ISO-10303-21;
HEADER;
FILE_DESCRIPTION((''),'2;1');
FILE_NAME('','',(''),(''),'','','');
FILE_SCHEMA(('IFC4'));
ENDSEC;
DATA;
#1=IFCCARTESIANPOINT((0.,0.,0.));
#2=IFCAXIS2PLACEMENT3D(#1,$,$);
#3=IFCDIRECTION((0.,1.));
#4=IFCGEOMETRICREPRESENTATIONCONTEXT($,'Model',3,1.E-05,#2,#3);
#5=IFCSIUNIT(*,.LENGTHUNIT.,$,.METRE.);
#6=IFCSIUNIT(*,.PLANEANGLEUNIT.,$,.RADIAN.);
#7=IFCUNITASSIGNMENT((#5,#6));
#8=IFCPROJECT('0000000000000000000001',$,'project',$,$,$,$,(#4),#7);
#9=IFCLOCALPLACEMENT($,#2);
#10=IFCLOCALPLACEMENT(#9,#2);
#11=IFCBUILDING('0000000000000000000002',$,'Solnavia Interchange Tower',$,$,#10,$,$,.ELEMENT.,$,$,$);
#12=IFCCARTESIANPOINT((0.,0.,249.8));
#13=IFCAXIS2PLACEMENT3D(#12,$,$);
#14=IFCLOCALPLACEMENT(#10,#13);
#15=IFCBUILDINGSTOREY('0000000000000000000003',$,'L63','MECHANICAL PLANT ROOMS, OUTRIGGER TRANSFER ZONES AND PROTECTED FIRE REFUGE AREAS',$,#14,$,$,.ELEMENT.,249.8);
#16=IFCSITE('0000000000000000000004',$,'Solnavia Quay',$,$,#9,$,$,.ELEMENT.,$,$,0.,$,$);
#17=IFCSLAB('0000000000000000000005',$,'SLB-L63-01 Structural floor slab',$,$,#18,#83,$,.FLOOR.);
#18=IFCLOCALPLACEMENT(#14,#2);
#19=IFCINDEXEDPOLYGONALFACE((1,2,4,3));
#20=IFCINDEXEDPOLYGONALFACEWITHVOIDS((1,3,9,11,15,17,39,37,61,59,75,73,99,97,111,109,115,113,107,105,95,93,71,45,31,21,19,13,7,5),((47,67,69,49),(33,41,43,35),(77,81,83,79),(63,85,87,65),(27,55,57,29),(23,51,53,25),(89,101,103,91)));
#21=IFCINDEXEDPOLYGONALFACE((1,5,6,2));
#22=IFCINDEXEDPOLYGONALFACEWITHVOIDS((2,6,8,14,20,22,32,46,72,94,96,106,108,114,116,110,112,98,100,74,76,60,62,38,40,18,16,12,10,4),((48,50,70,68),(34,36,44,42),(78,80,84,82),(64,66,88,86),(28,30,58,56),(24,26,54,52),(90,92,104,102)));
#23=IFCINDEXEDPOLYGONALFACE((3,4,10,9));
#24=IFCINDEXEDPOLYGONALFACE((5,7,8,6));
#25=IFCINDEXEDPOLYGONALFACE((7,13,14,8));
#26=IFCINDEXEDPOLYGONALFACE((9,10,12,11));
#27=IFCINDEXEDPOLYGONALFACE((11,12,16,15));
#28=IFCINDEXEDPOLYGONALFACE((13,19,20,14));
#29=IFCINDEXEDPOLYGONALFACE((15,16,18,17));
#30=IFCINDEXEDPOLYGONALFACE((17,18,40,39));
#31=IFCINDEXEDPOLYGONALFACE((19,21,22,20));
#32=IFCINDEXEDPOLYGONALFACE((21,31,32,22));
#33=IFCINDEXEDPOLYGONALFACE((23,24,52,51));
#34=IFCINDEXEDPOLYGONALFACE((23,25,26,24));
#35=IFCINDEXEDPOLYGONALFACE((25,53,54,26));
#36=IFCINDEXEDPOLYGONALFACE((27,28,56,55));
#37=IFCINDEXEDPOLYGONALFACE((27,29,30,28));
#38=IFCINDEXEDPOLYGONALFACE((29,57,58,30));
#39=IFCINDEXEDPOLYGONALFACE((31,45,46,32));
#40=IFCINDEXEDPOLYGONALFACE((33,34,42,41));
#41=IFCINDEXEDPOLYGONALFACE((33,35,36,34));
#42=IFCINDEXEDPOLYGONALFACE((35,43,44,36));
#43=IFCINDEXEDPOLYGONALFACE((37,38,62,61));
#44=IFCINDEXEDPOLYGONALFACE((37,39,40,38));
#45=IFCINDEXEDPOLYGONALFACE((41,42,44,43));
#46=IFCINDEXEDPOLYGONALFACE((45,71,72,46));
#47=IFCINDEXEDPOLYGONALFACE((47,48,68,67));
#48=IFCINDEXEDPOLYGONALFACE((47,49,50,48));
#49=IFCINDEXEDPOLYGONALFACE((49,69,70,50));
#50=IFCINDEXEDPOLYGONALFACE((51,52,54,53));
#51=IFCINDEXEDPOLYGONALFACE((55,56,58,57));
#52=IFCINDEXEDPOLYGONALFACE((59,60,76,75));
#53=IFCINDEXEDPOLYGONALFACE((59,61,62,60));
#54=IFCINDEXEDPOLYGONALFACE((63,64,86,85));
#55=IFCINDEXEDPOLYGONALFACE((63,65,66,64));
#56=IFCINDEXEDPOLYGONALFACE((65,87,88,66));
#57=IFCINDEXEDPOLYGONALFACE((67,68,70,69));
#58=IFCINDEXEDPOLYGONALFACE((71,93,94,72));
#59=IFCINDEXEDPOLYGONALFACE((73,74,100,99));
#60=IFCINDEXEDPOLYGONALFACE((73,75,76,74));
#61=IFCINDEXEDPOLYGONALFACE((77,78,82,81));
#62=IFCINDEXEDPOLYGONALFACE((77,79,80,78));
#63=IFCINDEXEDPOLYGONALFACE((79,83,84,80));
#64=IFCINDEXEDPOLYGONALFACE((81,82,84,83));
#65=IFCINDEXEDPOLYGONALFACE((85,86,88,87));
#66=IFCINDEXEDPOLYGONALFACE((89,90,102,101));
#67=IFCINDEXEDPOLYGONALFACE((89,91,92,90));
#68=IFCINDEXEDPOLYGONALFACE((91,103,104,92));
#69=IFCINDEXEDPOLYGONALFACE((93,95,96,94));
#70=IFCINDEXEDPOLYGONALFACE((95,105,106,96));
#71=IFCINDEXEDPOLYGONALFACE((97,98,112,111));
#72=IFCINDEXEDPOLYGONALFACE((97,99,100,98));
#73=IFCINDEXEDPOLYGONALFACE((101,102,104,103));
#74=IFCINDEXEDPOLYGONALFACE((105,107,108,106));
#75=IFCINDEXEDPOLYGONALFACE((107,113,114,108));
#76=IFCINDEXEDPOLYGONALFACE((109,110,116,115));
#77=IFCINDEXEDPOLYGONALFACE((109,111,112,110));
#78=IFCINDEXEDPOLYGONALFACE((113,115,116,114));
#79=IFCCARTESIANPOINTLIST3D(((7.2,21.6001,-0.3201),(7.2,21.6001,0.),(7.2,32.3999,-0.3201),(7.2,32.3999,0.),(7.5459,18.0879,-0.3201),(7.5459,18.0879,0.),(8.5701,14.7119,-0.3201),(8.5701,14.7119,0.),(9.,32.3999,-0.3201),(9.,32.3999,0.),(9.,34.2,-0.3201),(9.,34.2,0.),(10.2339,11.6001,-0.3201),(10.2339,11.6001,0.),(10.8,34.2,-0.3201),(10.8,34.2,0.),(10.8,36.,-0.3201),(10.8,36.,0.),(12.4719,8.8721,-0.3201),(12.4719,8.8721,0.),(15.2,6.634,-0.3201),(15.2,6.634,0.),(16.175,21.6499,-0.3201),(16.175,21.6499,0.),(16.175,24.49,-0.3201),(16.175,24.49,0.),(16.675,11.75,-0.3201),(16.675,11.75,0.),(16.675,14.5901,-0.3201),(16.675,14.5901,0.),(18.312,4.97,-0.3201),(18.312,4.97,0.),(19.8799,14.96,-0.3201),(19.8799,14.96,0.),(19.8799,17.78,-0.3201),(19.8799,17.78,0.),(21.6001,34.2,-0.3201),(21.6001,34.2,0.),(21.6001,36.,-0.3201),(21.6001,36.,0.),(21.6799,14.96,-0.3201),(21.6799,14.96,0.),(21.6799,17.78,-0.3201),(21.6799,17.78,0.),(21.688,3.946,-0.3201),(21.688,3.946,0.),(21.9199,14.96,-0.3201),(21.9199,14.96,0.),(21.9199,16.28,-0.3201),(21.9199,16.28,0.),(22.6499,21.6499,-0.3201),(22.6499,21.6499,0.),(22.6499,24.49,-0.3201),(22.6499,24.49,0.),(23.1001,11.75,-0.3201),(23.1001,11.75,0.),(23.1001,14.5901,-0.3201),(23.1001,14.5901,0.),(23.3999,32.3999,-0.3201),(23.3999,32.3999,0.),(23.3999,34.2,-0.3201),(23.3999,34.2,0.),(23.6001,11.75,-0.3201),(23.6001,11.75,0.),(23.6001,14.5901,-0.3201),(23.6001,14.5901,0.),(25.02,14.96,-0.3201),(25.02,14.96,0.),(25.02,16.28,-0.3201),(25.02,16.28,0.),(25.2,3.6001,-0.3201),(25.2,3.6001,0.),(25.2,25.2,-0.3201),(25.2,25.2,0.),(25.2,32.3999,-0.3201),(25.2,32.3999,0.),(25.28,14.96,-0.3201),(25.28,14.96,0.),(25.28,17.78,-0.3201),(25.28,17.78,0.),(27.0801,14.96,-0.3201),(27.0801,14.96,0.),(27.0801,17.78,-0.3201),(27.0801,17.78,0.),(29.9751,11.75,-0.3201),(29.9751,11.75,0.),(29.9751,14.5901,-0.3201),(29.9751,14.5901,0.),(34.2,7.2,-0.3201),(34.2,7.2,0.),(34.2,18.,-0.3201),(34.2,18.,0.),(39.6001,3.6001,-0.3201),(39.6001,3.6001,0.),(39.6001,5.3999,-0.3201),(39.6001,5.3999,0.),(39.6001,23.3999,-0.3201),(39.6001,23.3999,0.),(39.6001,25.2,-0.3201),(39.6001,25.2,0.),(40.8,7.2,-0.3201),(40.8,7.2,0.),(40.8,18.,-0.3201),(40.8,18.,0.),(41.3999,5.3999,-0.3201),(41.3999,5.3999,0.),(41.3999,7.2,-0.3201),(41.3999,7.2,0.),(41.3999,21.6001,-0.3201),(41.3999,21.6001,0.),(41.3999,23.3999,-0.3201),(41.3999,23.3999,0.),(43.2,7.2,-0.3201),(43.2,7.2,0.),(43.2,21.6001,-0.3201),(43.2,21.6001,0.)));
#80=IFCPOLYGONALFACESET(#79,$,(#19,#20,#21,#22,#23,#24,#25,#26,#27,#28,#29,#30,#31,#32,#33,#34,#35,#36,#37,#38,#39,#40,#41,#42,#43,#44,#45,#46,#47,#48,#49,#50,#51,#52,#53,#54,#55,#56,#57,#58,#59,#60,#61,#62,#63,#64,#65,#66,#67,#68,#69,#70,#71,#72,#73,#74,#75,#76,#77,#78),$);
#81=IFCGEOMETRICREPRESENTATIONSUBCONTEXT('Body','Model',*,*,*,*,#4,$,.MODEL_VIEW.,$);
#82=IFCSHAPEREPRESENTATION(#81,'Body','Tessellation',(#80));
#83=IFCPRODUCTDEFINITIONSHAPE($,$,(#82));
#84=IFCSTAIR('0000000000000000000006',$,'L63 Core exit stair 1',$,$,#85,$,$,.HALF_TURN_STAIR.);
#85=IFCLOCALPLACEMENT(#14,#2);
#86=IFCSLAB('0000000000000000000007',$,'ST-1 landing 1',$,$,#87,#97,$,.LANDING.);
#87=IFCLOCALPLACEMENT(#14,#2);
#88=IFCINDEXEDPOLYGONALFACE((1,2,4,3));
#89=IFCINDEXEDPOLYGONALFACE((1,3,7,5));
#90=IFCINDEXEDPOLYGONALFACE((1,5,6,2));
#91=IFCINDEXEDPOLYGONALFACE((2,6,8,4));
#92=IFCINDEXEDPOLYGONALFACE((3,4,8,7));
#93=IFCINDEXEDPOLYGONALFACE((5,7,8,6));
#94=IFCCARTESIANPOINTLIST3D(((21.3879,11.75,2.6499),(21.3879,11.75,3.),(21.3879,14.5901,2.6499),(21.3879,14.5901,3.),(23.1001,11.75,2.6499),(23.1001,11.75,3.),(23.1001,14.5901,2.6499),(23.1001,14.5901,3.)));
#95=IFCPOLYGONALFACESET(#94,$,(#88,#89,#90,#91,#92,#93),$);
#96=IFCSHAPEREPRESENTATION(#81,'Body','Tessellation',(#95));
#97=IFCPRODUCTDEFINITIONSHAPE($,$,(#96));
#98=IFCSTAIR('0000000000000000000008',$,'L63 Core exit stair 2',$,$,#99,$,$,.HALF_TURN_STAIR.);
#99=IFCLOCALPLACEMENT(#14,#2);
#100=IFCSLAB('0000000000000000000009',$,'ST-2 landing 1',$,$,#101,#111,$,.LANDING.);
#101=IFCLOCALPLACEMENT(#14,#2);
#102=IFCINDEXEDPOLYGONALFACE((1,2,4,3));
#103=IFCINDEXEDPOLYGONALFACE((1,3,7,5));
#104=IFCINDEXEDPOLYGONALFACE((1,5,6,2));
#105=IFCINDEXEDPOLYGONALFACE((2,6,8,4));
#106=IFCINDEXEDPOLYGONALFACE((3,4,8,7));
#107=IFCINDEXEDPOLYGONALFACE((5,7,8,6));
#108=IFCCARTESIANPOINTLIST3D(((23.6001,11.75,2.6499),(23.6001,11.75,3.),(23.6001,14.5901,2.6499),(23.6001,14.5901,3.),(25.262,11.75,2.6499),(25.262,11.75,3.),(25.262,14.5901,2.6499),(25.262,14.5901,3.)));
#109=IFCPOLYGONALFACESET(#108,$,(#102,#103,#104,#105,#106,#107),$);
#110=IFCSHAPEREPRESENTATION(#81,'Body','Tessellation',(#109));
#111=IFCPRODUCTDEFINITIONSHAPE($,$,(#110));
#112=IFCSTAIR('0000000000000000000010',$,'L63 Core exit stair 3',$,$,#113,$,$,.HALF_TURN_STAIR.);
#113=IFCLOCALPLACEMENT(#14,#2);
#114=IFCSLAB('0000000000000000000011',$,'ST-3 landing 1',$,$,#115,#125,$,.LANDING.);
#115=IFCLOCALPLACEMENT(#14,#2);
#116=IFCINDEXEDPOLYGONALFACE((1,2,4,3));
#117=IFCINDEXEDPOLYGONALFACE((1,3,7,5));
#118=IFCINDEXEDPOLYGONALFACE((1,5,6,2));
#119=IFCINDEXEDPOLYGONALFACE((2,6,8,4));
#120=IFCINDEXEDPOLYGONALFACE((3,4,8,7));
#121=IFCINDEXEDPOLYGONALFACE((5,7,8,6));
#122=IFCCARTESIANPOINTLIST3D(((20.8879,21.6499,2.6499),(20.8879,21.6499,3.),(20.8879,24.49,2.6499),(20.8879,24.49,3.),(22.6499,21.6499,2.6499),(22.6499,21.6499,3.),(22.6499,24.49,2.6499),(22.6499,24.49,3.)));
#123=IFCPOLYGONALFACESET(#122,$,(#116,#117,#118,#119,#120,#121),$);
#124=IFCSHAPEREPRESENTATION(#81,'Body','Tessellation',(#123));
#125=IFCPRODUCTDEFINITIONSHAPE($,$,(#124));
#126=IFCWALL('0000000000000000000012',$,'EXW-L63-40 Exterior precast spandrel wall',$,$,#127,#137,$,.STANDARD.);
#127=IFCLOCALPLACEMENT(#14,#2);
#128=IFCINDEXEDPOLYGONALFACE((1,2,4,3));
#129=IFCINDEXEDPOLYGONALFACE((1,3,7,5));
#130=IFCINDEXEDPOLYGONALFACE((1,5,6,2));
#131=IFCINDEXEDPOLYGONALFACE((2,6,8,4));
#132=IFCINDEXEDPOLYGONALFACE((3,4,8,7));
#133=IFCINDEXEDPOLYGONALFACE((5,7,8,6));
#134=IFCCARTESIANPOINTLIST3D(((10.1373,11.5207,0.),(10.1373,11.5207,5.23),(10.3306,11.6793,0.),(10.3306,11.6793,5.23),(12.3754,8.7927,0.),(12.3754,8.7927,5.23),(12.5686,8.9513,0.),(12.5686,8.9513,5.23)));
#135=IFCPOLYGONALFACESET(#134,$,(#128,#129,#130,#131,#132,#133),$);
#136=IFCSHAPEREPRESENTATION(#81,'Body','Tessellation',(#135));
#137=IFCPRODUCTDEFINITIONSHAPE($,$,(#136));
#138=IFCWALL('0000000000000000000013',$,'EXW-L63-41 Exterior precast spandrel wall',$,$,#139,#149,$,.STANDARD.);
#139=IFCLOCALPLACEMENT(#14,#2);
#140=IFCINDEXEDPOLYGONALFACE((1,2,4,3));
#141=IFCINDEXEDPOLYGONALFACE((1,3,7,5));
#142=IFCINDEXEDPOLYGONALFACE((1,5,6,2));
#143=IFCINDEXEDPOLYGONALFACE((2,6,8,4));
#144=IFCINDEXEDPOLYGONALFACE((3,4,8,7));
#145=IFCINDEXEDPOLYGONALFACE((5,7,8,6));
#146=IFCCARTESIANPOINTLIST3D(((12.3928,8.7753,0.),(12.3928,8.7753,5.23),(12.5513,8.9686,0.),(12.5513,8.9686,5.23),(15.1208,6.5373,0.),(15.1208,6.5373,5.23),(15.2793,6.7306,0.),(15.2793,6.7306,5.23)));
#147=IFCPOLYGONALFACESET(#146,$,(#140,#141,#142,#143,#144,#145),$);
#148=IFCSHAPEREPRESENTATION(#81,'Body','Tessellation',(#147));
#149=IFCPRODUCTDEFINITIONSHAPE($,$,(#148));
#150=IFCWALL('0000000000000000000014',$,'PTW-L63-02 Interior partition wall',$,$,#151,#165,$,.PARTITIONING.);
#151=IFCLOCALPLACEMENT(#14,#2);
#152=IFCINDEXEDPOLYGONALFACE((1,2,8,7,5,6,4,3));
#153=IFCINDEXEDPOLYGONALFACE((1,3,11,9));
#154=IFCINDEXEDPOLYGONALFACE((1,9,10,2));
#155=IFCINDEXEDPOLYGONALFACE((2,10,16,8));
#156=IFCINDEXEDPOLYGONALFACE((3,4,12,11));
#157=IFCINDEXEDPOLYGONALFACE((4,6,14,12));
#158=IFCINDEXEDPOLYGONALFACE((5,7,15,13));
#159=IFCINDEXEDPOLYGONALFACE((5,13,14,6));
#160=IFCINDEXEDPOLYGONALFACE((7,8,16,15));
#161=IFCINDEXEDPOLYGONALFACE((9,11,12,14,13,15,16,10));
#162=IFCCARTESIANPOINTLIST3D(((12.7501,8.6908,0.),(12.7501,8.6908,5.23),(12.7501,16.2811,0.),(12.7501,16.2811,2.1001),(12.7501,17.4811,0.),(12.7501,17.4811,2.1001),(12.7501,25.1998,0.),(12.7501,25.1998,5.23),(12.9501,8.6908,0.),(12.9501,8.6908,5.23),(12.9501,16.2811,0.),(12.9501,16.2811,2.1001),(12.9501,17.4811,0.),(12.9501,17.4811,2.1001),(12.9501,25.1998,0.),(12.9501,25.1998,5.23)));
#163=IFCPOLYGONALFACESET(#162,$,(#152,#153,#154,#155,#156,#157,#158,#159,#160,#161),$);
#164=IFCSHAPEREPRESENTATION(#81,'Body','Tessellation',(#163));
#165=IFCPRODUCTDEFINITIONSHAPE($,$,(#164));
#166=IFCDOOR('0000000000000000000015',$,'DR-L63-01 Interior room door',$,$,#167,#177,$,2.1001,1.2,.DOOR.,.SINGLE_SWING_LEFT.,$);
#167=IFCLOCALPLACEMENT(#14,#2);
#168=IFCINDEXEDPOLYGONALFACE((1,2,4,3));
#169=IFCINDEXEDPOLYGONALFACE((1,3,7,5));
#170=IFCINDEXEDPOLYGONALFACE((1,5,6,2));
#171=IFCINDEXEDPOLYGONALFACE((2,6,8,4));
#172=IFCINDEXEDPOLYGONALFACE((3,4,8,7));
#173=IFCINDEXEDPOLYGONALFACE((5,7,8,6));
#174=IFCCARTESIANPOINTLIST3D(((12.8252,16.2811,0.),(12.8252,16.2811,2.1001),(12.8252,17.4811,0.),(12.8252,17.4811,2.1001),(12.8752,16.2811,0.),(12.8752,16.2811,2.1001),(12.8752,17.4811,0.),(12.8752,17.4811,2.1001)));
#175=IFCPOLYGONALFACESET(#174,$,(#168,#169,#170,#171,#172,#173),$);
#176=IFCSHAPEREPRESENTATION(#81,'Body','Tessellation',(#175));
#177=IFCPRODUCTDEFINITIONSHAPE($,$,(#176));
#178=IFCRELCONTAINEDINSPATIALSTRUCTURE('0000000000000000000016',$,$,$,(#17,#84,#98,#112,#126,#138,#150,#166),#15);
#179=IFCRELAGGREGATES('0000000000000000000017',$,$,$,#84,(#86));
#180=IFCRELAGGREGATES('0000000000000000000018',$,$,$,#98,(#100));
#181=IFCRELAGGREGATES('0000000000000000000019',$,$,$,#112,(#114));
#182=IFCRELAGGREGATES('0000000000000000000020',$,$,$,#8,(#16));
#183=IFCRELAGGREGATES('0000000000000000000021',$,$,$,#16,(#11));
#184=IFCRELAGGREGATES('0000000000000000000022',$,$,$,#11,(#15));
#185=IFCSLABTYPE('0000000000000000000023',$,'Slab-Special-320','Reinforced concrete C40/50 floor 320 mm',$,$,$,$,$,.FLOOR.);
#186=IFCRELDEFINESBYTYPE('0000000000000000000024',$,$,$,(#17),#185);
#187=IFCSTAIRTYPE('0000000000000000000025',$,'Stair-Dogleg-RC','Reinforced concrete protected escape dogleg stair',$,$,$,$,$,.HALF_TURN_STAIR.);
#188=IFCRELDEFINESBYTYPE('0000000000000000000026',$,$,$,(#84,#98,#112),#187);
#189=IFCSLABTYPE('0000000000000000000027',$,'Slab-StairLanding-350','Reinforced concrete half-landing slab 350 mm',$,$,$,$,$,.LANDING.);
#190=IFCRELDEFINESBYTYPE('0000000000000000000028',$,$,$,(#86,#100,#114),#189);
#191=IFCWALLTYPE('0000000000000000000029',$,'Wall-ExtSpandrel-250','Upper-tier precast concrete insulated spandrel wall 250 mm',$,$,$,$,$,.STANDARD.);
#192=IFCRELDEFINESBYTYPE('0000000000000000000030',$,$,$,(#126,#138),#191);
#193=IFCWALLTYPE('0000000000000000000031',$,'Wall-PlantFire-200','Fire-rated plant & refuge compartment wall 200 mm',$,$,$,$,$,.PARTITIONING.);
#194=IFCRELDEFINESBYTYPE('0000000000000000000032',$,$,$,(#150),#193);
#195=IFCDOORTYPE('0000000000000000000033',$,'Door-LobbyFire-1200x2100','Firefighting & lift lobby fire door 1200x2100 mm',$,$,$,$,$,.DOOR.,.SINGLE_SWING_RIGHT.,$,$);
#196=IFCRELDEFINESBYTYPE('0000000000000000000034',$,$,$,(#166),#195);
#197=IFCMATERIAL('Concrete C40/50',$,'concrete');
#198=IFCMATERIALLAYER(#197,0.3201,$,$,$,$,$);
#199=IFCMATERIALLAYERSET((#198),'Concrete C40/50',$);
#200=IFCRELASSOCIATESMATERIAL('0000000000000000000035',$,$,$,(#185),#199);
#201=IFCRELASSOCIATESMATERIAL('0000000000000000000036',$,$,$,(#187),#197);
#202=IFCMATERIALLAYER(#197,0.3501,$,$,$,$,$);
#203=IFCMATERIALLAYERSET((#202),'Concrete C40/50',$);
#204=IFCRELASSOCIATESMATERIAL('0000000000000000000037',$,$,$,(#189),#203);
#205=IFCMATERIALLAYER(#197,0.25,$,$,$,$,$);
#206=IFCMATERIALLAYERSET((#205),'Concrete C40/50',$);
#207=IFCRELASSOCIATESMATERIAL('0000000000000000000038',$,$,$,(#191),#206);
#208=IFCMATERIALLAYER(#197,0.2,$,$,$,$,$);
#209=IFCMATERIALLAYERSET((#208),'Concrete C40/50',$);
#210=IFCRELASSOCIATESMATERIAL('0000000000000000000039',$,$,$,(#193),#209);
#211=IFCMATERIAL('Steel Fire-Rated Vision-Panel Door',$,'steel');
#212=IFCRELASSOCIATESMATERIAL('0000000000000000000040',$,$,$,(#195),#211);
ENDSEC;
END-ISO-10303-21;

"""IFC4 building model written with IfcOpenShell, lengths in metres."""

from ifc_helpers import new_model, si_unit, direction, frame, frame_2d, origin, place, context, subcontext, project, spatial, polyline, rectangle, outline, extrude, material, layer, layer_set, type_object, element, fill, aggregate, save


model = new_model("IFC4")

# Units and contexts
model_context = context("Model", 3, precision=1e-05, world=origin(), true_north=direction((0.0, 1.0)))
body_context = subcontext(model_context, "Body", "Model", "MODEL_VIEW")
ifc_project = project(units=[si_unit("LENGTHUNIT", "METRE"), si_unit("PLANEANGLEUNIT", "RADIAN")], contexts=[model_context])

# Site, building, storey
site_placement = place(None, origin())
site = spatial("IfcSite", under=ifc_project, at=site_placement, Name="Solnavia Quay", CompositionType="ELEMENT", RefElevation=0.0)
building_placement = place(site_placement, origin())
building = spatial("IfcBuilding", under=site, at=building_placement, Name="Solnavia Interchange Tower", CompositionType="ELEMENT")
storey_placement = place(building_placement, frame((0.0, 0.0, 249.8)))
storey = spatial("IfcBuildingStorey", under=building, at=storey_placement, Name="L63", Description="MECHANICAL PLANT ROOMS, OUTRIGGER TRANSFER ZONES AND PROTECTED FIRE REFUGE AREAS", CompositionType="ELEMENT", Elevation=249.8)

# Slab
ifc_material_1 = material(Name="Concrete C40/50", Category="concrete")
ifc_layer_1 = layer(ifc_material_1, 0.3201)
ifc_layer_set_1 = layer_set([ifc_layer_1], Name="Concrete C40/50")
slab_type_1 = type_object("IfcSlabType", Name="Slab-Special-320", Description="Reinforced concrete C40/50 floor 320 mm", PredefinedType="FLOOR", material=ifc_layer_set_1)
slab_1_placement = place(storey_placement, frame((0.0, 0.0, -0.3201)))
element("IfcSlab", 1, at=slab_1_placement, inside=storey, type_object=slab_type_1, Name="SLB-L63-01 Structural floor slab", PredefinedType="FLOOR", context=body_context, shape_type="SweptSolid", body=[
    extrude(outline(polyline([(25.2, 3.6001), (39.6001, 3.6001), (39.6001, 5.3999), (41.3999, 5.3999), (41.3999, 7.2), (43.2, 7.2), (43.2, 21.6001), (41.3999, 21.6001), (41.3999, 23.3999), (39.6001, 23.3999), (39.6001, 25.2), (25.2, 25.2), (25.2, 32.3999), (23.3999, 32.3999), (23.3999, 34.2), (21.6001, 34.2), (21.6001, 36.0), (10.8, 36.0), (10.8, 34.2), (9.0, 34.2), (9.0, 32.3999), (7.2, 32.3999), (7.2, 21.6001), (7.5459, 18.0879), (8.5701, 14.7119), (10.2339, 11.6001), (12.4719, 8.8721), (15.2, 6.634), (18.312, 4.97), (21.688, 3.946), (25.2, 3.6001)]), holes=[polyline([(16.675, 11.75), (23.1001, 11.75), (23.1001, 14.5901), (16.675, 14.5901), (16.675, 11.75)]), polyline([(23.6001, 11.75), (29.9751, 11.75), (29.9751, 14.5901), (23.6001, 14.5901), (23.6001, 11.75)]), polyline([(16.175, 21.6499), (22.6499, 21.6499), (22.6499, 24.49), (16.175, 24.49), (16.175, 21.6499)]), polyline([(19.8799, 14.96), (21.6799, 14.96), (21.6799, 17.78), (19.8799, 17.78), (19.8799, 14.96)]), polyline([(25.28, 14.96), (27.0801, 14.96), (27.0801, 17.78), (25.28, 17.78), (25.28, 14.96)]), polyline([(21.9199, 14.96), (25.02, 14.96), (25.02, 16.28), (21.9199, 16.28), (21.9199, 14.96)]), polyline([(34.2, 7.2), (40.8, 7.2), (40.8, 18.0), (34.2, 18.0), (34.2, 7.2)])]), origin(), (0.0, 0.0, 1.0), 0.3201),
])

# Stairs, slabs
stair_type = type_object("IfcStairType", Name="Stair-Dogleg-RC", Description="Reinforced concrete protected escape dogleg stair", PredefinedType="HALF_TURN_STAIR", material=ifc_material_1)
stair_1_placement = place(storey_placement, origin())
stair_1 = element("IfcStair", 2, at=stair_1_placement, inside=storey, type_object=stair_type, Name="L63 Core exit stair 1", PredefinedType="HALF_TURN_STAIR")
ifc_layer_2 = layer(ifc_material_1, 0.3501)
ifc_layer_set_2 = layer_set([ifc_layer_2], Name="Concrete C40/50")
slab_type_2 = type_object("IfcSlabType", Name="Slab-StairLanding-350", Description="Reinforced concrete half-landing slab 350 mm", PredefinedType="LANDING", material=ifc_layer_set_2)
slab_2_placement = place(storey_placement, frame((0.0, 0.0, 2.6499)))
slab_2 = element("IfcSlab", 3, at=slab_2_placement, type_object=slab_type_2, Name="ST-1 landing 1", PredefinedType="LANDING", context=body_context, shape_type="SweptSolid", body=[
    extrude(outline(polyline([(21.3879, 11.75), (23.1001, 11.75), (23.1001, 14.5901), (21.3879, 14.5901), (21.3879, 11.75)])), origin(), (0.0, 0.0, 1.0), 0.3501),
])
aggregate(stair_1, [slab_2])
stair_2_placement = place(storey_placement, origin())
stair_2 = element("IfcStair", 4, at=stair_2_placement, inside=storey, type_object=stair_type, Name="L63 Core exit stair 2", PredefinedType="HALF_TURN_STAIR")
slab_3_placement = place(storey_placement, frame((0.0, 0.0, 2.6499)))
slab_3 = element("IfcSlab", 5, at=slab_3_placement, type_object=slab_type_2, Name="ST-2 landing 1", PredefinedType="LANDING", context=body_context, shape_type="SweptSolid", body=[
    extrude(outline(polyline([(23.6001, 11.75), (25.262, 11.75), (25.262, 14.5901), (23.6001, 14.5901), (23.6001, 11.75)])), origin(), (0.0, 0.0, 1.0), 0.3501),
])
aggregate(stair_2, [slab_3])
stair_3_placement = place(storey_placement, origin())
stair_3 = element("IfcStair", 6, at=stair_3_placement, inside=storey, type_object=stair_type, Name="L63 Core exit stair 3", PredefinedType="HALF_TURN_STAIR")
slab_4_placement = place(storey_placement, frame((0.0, 0.0, 2.6499)))
slab_4 = element("IfcSlab", 7, at=slab_4_placement, type_object=slab_type_2, Name="ST-3 landing 1", PredefinedType="LANDING", context=body_context, shape_type="SweptSolid", body=[
    extrude(outline(polyline([(20.8879, 21.6499), (22.6499, 21.6499), (22.6499, 24.49), (20.8879, 24.49), (20.8879, 21.6499)])), origin(), (0.0, 0.0, 1.0), 0.3501),
])
aggregate(stair_3, [slab_4])

# Walls
ifc_layer_3 = layer(ifc_material_1, 0.25)
ifc_layer_set_3 = layer_set([ifc_layer_3], Name="Concrete C40/50")
wall_type_1 = type_object("IfcWallType", Name="Wall-ExtSpandrel-250", Description="Upper-tier precast concrete insulated spandrel wall 250 mm", PredefinedType="STANDARD", material=ifc_layer_set_3)
for number, where, z_axis, x_axis, name in (
    (8, (12.4719, 8.8721, 0.0), (0.0, 0.0, 1.0), (-0.634258, 0.773121, 0.0), "EXW-L63-40 Exterior precast spandrel wall"),
    (9, (15.2, 6.634, 0.0), (0.0, 0.0, 1.0), (-0.773121, 0.634258, 0.0), "EXW-L63-41 Exterior precast spandrel wall"),
):
    element("IfcWall", number, at=place(storey_placement, frame(where, z_axis=z_axis, x_axis=x_axis)), inside=storey, type_object=wall_type_1, Name=name, PredefinedType="STANDARD", context=body_context, shape_type="SweptSolid", body=[
        extrude(rectangle(XDim=3.5286, YDim=0.25, at=frame_2d((1.7642, 0.0))), origin(), (0.0, 0.0, 1.0), 5.23),
    ])

# Wall, opening, door
ifc_layer_4 = layer(ifc_material_1, 0.2)
ifc_layer_set_4 = layer_set([ifc_layer_4], Name="Concrete C40/50")
wall_type_2 = type_object("IfcWallType", Name="Wall-PlantFire-200", Description="Fire-rated plant & refuge compartment wall 200 mm", PredefinedType="PARTITIONING", material=ifc_layer_set_4)
wall_1_placement = place(storey_placement, frame((12.8501, 8.6909, 0.0), z_axis=(0.0, 0.0, 1.0), x_axis=(0.0, 1.0, 0.0)))
wall_1 = element("IfcWall", 10, at=wall_1_placement, inside=storey, type_object=wall_type_2, Name="PTW-L63-02 Interior partition wall", PredefinedType="PARTITIONING", context=body_context, shape_type="SweptSolid", body=[
    extrude(rectangle(XDim=16.509, YDim=0.2, at=frame_2d((8.2544, 0.0))), origin(), (0.0, 0.0, 1.0), 5.23),
])
opening_1_placement = place(wall_1_placement, frame((7.5901, 0.0, 0.0)))
opening_1 = element("IfcOpeningElement", 11, at=opening_1_placement, cuts=wall_1, PredefinedType="OPENING", context=body_context, shape_type="SweptSolid", body=[
    extrude(rectangle(XDim=1.2, YDim=2.1001, at=frame_2d((0.6001, 1.05))), frame((0.0, 0.1099, 0.0), z_axis=(0.0, -1.0, 0.0), x_axis=(1.0, 0.0, 0.0)), (0.0, 0.0, 1.0), 0.22),
])
ifc_material_2 = material(Name="Steel Fire-Rated Vision-Panel Door", Category="steel")
door_type_1 = type_object("IfcDoorType", Name="Door-LobbyFire-1200x2100", Description="Firefighting & lift lobby fire door 1200x2100 mm", OperationType="SINGLE_SWING_RIGHT", PredefinedType="DOOR", material=ifc_material_2)
door_1_placement = place(opening_1_placement, origin())
door_1 = element("IfcDoor", 12, at=door_1_placement, inside=storey, type_object=door_type_1, Name="DR-L63-01 Interior room door", OperationType="SINGLE_SWING_LEFT", OverallHeight=2.1001, OverallWidth=1.2, PredefinedType="DOOR", context=body_context, shape_type="SweptSolid", body=[
    extrude(rectangle(XDim=1.2, YDim=2.1001, at=frame_2d((0.6001, 1.05))), frame((0.0, 0.0249, 0.0), z_axis=(0.0, -1.0, 0.0), x_axis=(1.0, 0.0, 0.0)), (0.0, 0.0, 1.0), 0.05),
])
fill(opening_1, door_1)

save(model, "model.ifc")
